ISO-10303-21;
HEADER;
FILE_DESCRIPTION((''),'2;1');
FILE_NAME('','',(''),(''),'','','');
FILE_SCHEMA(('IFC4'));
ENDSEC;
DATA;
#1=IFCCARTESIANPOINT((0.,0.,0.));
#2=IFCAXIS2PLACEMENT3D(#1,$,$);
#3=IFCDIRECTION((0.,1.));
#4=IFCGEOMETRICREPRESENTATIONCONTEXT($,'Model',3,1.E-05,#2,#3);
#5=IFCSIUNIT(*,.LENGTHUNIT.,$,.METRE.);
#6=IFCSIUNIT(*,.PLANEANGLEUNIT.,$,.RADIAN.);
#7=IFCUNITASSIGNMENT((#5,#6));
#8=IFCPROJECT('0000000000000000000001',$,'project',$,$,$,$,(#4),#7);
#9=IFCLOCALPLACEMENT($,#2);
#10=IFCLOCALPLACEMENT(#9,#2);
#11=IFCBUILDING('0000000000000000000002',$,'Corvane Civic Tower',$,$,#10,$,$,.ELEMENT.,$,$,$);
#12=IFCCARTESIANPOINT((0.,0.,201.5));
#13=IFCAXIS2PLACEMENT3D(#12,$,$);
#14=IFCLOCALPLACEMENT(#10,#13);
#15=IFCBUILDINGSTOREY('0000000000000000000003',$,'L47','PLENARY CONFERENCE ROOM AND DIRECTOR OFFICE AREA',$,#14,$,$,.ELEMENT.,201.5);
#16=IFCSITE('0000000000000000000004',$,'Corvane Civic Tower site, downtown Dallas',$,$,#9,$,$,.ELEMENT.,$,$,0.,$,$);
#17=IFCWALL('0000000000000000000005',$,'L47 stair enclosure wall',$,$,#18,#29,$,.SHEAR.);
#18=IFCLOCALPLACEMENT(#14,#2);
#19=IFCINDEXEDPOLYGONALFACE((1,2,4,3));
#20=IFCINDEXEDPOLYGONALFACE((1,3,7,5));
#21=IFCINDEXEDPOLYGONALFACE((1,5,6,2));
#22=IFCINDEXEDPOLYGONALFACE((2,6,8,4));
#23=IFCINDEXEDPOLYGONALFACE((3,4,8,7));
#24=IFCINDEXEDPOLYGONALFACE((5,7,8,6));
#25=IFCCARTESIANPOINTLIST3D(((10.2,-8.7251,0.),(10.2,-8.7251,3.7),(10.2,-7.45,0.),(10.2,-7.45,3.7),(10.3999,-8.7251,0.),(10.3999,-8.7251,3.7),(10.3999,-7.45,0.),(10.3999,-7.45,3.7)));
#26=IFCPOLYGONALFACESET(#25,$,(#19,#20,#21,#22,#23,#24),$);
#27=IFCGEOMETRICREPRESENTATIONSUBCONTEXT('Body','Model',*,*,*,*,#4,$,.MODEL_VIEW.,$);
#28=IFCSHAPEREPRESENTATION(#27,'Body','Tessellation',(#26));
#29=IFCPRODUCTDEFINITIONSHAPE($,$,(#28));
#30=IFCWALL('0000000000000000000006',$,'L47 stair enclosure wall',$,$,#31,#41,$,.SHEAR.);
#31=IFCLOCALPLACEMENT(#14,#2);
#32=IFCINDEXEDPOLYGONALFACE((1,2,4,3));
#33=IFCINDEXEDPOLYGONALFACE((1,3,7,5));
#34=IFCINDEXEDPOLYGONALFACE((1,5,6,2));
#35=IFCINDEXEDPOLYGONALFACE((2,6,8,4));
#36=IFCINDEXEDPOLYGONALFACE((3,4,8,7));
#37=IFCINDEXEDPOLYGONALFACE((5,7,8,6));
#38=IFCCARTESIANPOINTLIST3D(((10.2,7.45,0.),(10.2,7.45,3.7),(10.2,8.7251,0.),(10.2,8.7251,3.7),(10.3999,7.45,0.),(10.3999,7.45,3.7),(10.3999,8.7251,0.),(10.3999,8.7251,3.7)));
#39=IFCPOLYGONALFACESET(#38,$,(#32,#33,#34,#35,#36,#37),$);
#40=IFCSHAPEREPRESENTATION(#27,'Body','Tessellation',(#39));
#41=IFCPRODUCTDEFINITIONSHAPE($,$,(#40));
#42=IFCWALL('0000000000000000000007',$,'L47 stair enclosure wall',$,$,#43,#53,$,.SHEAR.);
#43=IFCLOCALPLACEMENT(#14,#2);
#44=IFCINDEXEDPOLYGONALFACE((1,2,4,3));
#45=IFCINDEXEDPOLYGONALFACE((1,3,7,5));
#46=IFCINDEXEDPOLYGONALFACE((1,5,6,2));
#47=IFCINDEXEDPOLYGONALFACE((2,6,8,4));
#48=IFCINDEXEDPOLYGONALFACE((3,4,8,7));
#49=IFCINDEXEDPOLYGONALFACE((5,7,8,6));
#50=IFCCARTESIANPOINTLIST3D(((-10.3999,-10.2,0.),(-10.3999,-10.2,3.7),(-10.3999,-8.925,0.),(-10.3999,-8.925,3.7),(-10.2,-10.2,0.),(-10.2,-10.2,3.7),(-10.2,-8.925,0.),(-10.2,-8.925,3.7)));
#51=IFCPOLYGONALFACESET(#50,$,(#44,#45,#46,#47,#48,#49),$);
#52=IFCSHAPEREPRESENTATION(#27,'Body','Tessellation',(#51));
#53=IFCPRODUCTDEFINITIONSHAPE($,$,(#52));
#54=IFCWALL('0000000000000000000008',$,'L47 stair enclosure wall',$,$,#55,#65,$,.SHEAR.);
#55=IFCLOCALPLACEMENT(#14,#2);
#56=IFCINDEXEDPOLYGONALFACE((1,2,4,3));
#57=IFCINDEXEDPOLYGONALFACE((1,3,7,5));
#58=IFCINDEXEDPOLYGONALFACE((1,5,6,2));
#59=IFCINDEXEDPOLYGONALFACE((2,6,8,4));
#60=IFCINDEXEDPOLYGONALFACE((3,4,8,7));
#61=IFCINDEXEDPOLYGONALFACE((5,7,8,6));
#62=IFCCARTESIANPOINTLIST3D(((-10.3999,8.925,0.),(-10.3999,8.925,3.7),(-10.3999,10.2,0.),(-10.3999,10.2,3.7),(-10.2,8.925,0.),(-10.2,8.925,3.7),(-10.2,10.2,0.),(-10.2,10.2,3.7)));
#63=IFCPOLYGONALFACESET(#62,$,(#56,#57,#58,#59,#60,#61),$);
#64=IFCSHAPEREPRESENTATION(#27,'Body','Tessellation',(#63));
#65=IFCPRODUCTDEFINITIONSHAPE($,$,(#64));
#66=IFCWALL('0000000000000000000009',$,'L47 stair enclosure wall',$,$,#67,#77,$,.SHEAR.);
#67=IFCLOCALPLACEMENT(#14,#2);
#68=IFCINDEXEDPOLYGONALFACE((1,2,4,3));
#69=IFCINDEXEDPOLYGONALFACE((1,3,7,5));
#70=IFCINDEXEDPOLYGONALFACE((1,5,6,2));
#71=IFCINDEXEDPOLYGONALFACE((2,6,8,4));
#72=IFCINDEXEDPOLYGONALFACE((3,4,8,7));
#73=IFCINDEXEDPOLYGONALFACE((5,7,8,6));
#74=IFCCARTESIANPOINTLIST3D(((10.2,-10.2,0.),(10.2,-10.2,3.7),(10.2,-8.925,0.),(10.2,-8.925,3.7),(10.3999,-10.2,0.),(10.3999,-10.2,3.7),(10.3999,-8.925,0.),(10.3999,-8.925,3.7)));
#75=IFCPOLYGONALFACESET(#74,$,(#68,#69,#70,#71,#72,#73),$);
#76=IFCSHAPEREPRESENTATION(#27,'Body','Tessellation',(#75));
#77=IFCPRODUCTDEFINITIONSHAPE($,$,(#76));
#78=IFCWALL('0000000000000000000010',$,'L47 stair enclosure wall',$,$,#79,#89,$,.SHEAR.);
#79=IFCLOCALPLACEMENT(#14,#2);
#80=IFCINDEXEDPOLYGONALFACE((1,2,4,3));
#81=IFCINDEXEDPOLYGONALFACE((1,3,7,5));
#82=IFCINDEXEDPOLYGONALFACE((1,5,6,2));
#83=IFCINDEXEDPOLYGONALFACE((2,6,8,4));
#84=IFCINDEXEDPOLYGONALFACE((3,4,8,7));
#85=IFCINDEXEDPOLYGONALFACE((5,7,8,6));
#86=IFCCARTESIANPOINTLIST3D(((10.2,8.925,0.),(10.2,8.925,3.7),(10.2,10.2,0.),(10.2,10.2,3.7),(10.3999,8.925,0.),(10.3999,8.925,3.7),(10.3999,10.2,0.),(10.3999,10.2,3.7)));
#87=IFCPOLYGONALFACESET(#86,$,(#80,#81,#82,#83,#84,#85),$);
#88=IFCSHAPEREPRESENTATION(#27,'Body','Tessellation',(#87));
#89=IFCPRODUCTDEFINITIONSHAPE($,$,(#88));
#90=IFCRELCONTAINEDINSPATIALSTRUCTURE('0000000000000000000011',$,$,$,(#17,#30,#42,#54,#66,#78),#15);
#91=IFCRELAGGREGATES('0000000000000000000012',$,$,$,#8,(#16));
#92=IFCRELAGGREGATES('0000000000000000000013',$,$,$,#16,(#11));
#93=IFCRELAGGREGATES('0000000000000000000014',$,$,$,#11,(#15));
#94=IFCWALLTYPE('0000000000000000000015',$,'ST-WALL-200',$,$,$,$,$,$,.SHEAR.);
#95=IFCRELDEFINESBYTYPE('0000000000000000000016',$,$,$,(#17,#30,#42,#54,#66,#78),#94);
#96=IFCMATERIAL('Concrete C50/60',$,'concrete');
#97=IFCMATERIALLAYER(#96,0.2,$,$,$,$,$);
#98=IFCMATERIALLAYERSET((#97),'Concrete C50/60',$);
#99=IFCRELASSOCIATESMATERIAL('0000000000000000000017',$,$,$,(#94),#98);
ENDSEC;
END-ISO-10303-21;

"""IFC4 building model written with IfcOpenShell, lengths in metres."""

from ifc_helpers import new_model, si_unit, direction, frame, origin, place, context, subcontext, project, spatial, polyline, outline, extrude, material, layer, layer_set, type_object, element, save


model = new_model("IFC4")

# Units and contexts
model_context = context("Model", 3, precision=1e-05, world=origin(), true_north=direction((0.0, 1.0)))
body_context = subcontext(model_context, "Body", "Model", "MODEL_VIEW")
ifc_project = project(units=[si_unit("LENGTHUNIT", "METRE"), si_unit("PLANEANGLEUNIT", "RADIAN")], contexts=[model_context])

# Site, building, storey
site_placement = place(None, origin())
site = spatial("IfcSite", under=ifc_project, at=site_placement, Name="Corvane Civic Tower site, downtown Dallas", CompositionType="ELEMENT", RefElevation=0.0)
building_placement = place(site_placement, origin())
building = spatial("IfcBuilding", under=site, at=building_placement, Name="Corvane Civic Tower", CompositionType="ELEMENT")
storey_placement = place(building_placement, frame((0.0, 0.0, 201.5)))
storey = spatial("IfcBuildingStorey", under=building, at=storey_placement, Name="L47", Description="PLENARY CONFERENCE ROOM AND DIRECTOR OFFICE AREA", CompositionType="ELEMENT", Elevation=201.5)

# Shared definitions
ifc_material_1 = material(Name="Concrete C50/60", Category="concrete")
ifc_layer_1 = layer(ifc_material_1, 0.2)
ifc_layer_set_1 = layer_set([ifc_layer_1], Name="Concrete C50/60")
wall_type_1 = type_object("IfcWallType", Name="ST-WALL-200", PredefinedType="SHEAR", material=ifc_layer_set_1)

# Walls
wall_1_placement = place(storey_placement, origin())
element("IfcWall", 1, at=wall_1_placement, inside=storey, type_object=wall_type_1, Name="L47 stair enclosure wall", PredefinedType="SHEAR", context=body_context, shape_type="SweptSolid", body=[
    extrude(outline(polyline([(10.3999, -7.45), (10.3999, -8.7251), (10.2, -8.7251), (10.2, -7.45), (10.3999, -7.45)])), origin(), (0.0, 0.0, 1.0), 3.7),
])
wall_2_placement = place(storey_placement, origin())
element("IfcWall", 2, at=wall_2_placement, inside=storey, type_object=wall_type_1, Name="L47 stair enclosure wall", PredefinedType="SHEAR", context=body_context, shape_type="SweptSolid", body=[
    extrude(outline(polyline([(10.3999, 8.7251), (10.3999, 7.45), (10.2, 7.45), (10.2, 8.7251), (10.3999, 8.7251)])), origin(), (0.0, 0.0, 1.0), 3.7),
])
wall_3_placement = place(storey_placement, origin())
element("IfcWall", 3, at=wall_3_placement, inside=storey, type_object=wall_type_1, Name="L47 stair enclosure wall", PredefinedType="SHEAR", context=body_context, shape_type="SweptSolid", body=[
    extrude(outline(polyline([(-10.2, -8.925), (-10.2, -10.2), (-10.3999, -10.2), (-10.3999, -8.925), (-10.2, -8.925)])), origin(), (0.0, 0.0, 1.0), 3.7),
])
wall_4_placement = place(storey_placement, origin())
element("IfcWall", 4, at=wall_4_placement, inside=storey, type_object=wall_type_1, Name="L47 stair enclosure wall", PredefinedType="SHEAR", context=body_context, shape_type="SweptSolid", body=[
    extrude(outline(polyline([(-10.2, 8.925), (-10.3999, 8.925), (-10.3999, 10.2), (-10.2, 10.2), (-10.2, 8.925)])), origin(), (0.0, 0.0, 1.0), 3.7),
])
wall_5_placement = place(storey_placement, origin())
element("IfcWall", 5, at=wall_5_placement, inside=storey, type_object=wall_type_1, Name="L47 stair enclosure wall", PredefinedType="SHEAR", context=body_context, shape_type="SweptSolid", body=[
    extrude(outline(polyline([(10.3999, -8.925), (10.3999, -10.2), (10.2, -10.2), (10.2, -8.925), (10.3999, -8.925)])), origin(), (0.0, 0.0, 1.0), 3.7),
])
wall_6_placement = place(storey_placement, origin())
element("IfcWall", 6, at=wall_6_placement, inside=storey, type_object=wall_type_1, Name="L47 stair enclosure wall", PredefinedType="SHEAR", context=body_context, shape_type="SweptSolid", body=[
    extrude(outline(polyline([(10.3999, 8.925), (10.2, 8.925), (10.2, 10.2), (10.3999, 10.2), (10.3999, 8.925)])), origin(), (0.0, 0.0, 1.0), 3.7),
])

save(model, "model.ifc")
